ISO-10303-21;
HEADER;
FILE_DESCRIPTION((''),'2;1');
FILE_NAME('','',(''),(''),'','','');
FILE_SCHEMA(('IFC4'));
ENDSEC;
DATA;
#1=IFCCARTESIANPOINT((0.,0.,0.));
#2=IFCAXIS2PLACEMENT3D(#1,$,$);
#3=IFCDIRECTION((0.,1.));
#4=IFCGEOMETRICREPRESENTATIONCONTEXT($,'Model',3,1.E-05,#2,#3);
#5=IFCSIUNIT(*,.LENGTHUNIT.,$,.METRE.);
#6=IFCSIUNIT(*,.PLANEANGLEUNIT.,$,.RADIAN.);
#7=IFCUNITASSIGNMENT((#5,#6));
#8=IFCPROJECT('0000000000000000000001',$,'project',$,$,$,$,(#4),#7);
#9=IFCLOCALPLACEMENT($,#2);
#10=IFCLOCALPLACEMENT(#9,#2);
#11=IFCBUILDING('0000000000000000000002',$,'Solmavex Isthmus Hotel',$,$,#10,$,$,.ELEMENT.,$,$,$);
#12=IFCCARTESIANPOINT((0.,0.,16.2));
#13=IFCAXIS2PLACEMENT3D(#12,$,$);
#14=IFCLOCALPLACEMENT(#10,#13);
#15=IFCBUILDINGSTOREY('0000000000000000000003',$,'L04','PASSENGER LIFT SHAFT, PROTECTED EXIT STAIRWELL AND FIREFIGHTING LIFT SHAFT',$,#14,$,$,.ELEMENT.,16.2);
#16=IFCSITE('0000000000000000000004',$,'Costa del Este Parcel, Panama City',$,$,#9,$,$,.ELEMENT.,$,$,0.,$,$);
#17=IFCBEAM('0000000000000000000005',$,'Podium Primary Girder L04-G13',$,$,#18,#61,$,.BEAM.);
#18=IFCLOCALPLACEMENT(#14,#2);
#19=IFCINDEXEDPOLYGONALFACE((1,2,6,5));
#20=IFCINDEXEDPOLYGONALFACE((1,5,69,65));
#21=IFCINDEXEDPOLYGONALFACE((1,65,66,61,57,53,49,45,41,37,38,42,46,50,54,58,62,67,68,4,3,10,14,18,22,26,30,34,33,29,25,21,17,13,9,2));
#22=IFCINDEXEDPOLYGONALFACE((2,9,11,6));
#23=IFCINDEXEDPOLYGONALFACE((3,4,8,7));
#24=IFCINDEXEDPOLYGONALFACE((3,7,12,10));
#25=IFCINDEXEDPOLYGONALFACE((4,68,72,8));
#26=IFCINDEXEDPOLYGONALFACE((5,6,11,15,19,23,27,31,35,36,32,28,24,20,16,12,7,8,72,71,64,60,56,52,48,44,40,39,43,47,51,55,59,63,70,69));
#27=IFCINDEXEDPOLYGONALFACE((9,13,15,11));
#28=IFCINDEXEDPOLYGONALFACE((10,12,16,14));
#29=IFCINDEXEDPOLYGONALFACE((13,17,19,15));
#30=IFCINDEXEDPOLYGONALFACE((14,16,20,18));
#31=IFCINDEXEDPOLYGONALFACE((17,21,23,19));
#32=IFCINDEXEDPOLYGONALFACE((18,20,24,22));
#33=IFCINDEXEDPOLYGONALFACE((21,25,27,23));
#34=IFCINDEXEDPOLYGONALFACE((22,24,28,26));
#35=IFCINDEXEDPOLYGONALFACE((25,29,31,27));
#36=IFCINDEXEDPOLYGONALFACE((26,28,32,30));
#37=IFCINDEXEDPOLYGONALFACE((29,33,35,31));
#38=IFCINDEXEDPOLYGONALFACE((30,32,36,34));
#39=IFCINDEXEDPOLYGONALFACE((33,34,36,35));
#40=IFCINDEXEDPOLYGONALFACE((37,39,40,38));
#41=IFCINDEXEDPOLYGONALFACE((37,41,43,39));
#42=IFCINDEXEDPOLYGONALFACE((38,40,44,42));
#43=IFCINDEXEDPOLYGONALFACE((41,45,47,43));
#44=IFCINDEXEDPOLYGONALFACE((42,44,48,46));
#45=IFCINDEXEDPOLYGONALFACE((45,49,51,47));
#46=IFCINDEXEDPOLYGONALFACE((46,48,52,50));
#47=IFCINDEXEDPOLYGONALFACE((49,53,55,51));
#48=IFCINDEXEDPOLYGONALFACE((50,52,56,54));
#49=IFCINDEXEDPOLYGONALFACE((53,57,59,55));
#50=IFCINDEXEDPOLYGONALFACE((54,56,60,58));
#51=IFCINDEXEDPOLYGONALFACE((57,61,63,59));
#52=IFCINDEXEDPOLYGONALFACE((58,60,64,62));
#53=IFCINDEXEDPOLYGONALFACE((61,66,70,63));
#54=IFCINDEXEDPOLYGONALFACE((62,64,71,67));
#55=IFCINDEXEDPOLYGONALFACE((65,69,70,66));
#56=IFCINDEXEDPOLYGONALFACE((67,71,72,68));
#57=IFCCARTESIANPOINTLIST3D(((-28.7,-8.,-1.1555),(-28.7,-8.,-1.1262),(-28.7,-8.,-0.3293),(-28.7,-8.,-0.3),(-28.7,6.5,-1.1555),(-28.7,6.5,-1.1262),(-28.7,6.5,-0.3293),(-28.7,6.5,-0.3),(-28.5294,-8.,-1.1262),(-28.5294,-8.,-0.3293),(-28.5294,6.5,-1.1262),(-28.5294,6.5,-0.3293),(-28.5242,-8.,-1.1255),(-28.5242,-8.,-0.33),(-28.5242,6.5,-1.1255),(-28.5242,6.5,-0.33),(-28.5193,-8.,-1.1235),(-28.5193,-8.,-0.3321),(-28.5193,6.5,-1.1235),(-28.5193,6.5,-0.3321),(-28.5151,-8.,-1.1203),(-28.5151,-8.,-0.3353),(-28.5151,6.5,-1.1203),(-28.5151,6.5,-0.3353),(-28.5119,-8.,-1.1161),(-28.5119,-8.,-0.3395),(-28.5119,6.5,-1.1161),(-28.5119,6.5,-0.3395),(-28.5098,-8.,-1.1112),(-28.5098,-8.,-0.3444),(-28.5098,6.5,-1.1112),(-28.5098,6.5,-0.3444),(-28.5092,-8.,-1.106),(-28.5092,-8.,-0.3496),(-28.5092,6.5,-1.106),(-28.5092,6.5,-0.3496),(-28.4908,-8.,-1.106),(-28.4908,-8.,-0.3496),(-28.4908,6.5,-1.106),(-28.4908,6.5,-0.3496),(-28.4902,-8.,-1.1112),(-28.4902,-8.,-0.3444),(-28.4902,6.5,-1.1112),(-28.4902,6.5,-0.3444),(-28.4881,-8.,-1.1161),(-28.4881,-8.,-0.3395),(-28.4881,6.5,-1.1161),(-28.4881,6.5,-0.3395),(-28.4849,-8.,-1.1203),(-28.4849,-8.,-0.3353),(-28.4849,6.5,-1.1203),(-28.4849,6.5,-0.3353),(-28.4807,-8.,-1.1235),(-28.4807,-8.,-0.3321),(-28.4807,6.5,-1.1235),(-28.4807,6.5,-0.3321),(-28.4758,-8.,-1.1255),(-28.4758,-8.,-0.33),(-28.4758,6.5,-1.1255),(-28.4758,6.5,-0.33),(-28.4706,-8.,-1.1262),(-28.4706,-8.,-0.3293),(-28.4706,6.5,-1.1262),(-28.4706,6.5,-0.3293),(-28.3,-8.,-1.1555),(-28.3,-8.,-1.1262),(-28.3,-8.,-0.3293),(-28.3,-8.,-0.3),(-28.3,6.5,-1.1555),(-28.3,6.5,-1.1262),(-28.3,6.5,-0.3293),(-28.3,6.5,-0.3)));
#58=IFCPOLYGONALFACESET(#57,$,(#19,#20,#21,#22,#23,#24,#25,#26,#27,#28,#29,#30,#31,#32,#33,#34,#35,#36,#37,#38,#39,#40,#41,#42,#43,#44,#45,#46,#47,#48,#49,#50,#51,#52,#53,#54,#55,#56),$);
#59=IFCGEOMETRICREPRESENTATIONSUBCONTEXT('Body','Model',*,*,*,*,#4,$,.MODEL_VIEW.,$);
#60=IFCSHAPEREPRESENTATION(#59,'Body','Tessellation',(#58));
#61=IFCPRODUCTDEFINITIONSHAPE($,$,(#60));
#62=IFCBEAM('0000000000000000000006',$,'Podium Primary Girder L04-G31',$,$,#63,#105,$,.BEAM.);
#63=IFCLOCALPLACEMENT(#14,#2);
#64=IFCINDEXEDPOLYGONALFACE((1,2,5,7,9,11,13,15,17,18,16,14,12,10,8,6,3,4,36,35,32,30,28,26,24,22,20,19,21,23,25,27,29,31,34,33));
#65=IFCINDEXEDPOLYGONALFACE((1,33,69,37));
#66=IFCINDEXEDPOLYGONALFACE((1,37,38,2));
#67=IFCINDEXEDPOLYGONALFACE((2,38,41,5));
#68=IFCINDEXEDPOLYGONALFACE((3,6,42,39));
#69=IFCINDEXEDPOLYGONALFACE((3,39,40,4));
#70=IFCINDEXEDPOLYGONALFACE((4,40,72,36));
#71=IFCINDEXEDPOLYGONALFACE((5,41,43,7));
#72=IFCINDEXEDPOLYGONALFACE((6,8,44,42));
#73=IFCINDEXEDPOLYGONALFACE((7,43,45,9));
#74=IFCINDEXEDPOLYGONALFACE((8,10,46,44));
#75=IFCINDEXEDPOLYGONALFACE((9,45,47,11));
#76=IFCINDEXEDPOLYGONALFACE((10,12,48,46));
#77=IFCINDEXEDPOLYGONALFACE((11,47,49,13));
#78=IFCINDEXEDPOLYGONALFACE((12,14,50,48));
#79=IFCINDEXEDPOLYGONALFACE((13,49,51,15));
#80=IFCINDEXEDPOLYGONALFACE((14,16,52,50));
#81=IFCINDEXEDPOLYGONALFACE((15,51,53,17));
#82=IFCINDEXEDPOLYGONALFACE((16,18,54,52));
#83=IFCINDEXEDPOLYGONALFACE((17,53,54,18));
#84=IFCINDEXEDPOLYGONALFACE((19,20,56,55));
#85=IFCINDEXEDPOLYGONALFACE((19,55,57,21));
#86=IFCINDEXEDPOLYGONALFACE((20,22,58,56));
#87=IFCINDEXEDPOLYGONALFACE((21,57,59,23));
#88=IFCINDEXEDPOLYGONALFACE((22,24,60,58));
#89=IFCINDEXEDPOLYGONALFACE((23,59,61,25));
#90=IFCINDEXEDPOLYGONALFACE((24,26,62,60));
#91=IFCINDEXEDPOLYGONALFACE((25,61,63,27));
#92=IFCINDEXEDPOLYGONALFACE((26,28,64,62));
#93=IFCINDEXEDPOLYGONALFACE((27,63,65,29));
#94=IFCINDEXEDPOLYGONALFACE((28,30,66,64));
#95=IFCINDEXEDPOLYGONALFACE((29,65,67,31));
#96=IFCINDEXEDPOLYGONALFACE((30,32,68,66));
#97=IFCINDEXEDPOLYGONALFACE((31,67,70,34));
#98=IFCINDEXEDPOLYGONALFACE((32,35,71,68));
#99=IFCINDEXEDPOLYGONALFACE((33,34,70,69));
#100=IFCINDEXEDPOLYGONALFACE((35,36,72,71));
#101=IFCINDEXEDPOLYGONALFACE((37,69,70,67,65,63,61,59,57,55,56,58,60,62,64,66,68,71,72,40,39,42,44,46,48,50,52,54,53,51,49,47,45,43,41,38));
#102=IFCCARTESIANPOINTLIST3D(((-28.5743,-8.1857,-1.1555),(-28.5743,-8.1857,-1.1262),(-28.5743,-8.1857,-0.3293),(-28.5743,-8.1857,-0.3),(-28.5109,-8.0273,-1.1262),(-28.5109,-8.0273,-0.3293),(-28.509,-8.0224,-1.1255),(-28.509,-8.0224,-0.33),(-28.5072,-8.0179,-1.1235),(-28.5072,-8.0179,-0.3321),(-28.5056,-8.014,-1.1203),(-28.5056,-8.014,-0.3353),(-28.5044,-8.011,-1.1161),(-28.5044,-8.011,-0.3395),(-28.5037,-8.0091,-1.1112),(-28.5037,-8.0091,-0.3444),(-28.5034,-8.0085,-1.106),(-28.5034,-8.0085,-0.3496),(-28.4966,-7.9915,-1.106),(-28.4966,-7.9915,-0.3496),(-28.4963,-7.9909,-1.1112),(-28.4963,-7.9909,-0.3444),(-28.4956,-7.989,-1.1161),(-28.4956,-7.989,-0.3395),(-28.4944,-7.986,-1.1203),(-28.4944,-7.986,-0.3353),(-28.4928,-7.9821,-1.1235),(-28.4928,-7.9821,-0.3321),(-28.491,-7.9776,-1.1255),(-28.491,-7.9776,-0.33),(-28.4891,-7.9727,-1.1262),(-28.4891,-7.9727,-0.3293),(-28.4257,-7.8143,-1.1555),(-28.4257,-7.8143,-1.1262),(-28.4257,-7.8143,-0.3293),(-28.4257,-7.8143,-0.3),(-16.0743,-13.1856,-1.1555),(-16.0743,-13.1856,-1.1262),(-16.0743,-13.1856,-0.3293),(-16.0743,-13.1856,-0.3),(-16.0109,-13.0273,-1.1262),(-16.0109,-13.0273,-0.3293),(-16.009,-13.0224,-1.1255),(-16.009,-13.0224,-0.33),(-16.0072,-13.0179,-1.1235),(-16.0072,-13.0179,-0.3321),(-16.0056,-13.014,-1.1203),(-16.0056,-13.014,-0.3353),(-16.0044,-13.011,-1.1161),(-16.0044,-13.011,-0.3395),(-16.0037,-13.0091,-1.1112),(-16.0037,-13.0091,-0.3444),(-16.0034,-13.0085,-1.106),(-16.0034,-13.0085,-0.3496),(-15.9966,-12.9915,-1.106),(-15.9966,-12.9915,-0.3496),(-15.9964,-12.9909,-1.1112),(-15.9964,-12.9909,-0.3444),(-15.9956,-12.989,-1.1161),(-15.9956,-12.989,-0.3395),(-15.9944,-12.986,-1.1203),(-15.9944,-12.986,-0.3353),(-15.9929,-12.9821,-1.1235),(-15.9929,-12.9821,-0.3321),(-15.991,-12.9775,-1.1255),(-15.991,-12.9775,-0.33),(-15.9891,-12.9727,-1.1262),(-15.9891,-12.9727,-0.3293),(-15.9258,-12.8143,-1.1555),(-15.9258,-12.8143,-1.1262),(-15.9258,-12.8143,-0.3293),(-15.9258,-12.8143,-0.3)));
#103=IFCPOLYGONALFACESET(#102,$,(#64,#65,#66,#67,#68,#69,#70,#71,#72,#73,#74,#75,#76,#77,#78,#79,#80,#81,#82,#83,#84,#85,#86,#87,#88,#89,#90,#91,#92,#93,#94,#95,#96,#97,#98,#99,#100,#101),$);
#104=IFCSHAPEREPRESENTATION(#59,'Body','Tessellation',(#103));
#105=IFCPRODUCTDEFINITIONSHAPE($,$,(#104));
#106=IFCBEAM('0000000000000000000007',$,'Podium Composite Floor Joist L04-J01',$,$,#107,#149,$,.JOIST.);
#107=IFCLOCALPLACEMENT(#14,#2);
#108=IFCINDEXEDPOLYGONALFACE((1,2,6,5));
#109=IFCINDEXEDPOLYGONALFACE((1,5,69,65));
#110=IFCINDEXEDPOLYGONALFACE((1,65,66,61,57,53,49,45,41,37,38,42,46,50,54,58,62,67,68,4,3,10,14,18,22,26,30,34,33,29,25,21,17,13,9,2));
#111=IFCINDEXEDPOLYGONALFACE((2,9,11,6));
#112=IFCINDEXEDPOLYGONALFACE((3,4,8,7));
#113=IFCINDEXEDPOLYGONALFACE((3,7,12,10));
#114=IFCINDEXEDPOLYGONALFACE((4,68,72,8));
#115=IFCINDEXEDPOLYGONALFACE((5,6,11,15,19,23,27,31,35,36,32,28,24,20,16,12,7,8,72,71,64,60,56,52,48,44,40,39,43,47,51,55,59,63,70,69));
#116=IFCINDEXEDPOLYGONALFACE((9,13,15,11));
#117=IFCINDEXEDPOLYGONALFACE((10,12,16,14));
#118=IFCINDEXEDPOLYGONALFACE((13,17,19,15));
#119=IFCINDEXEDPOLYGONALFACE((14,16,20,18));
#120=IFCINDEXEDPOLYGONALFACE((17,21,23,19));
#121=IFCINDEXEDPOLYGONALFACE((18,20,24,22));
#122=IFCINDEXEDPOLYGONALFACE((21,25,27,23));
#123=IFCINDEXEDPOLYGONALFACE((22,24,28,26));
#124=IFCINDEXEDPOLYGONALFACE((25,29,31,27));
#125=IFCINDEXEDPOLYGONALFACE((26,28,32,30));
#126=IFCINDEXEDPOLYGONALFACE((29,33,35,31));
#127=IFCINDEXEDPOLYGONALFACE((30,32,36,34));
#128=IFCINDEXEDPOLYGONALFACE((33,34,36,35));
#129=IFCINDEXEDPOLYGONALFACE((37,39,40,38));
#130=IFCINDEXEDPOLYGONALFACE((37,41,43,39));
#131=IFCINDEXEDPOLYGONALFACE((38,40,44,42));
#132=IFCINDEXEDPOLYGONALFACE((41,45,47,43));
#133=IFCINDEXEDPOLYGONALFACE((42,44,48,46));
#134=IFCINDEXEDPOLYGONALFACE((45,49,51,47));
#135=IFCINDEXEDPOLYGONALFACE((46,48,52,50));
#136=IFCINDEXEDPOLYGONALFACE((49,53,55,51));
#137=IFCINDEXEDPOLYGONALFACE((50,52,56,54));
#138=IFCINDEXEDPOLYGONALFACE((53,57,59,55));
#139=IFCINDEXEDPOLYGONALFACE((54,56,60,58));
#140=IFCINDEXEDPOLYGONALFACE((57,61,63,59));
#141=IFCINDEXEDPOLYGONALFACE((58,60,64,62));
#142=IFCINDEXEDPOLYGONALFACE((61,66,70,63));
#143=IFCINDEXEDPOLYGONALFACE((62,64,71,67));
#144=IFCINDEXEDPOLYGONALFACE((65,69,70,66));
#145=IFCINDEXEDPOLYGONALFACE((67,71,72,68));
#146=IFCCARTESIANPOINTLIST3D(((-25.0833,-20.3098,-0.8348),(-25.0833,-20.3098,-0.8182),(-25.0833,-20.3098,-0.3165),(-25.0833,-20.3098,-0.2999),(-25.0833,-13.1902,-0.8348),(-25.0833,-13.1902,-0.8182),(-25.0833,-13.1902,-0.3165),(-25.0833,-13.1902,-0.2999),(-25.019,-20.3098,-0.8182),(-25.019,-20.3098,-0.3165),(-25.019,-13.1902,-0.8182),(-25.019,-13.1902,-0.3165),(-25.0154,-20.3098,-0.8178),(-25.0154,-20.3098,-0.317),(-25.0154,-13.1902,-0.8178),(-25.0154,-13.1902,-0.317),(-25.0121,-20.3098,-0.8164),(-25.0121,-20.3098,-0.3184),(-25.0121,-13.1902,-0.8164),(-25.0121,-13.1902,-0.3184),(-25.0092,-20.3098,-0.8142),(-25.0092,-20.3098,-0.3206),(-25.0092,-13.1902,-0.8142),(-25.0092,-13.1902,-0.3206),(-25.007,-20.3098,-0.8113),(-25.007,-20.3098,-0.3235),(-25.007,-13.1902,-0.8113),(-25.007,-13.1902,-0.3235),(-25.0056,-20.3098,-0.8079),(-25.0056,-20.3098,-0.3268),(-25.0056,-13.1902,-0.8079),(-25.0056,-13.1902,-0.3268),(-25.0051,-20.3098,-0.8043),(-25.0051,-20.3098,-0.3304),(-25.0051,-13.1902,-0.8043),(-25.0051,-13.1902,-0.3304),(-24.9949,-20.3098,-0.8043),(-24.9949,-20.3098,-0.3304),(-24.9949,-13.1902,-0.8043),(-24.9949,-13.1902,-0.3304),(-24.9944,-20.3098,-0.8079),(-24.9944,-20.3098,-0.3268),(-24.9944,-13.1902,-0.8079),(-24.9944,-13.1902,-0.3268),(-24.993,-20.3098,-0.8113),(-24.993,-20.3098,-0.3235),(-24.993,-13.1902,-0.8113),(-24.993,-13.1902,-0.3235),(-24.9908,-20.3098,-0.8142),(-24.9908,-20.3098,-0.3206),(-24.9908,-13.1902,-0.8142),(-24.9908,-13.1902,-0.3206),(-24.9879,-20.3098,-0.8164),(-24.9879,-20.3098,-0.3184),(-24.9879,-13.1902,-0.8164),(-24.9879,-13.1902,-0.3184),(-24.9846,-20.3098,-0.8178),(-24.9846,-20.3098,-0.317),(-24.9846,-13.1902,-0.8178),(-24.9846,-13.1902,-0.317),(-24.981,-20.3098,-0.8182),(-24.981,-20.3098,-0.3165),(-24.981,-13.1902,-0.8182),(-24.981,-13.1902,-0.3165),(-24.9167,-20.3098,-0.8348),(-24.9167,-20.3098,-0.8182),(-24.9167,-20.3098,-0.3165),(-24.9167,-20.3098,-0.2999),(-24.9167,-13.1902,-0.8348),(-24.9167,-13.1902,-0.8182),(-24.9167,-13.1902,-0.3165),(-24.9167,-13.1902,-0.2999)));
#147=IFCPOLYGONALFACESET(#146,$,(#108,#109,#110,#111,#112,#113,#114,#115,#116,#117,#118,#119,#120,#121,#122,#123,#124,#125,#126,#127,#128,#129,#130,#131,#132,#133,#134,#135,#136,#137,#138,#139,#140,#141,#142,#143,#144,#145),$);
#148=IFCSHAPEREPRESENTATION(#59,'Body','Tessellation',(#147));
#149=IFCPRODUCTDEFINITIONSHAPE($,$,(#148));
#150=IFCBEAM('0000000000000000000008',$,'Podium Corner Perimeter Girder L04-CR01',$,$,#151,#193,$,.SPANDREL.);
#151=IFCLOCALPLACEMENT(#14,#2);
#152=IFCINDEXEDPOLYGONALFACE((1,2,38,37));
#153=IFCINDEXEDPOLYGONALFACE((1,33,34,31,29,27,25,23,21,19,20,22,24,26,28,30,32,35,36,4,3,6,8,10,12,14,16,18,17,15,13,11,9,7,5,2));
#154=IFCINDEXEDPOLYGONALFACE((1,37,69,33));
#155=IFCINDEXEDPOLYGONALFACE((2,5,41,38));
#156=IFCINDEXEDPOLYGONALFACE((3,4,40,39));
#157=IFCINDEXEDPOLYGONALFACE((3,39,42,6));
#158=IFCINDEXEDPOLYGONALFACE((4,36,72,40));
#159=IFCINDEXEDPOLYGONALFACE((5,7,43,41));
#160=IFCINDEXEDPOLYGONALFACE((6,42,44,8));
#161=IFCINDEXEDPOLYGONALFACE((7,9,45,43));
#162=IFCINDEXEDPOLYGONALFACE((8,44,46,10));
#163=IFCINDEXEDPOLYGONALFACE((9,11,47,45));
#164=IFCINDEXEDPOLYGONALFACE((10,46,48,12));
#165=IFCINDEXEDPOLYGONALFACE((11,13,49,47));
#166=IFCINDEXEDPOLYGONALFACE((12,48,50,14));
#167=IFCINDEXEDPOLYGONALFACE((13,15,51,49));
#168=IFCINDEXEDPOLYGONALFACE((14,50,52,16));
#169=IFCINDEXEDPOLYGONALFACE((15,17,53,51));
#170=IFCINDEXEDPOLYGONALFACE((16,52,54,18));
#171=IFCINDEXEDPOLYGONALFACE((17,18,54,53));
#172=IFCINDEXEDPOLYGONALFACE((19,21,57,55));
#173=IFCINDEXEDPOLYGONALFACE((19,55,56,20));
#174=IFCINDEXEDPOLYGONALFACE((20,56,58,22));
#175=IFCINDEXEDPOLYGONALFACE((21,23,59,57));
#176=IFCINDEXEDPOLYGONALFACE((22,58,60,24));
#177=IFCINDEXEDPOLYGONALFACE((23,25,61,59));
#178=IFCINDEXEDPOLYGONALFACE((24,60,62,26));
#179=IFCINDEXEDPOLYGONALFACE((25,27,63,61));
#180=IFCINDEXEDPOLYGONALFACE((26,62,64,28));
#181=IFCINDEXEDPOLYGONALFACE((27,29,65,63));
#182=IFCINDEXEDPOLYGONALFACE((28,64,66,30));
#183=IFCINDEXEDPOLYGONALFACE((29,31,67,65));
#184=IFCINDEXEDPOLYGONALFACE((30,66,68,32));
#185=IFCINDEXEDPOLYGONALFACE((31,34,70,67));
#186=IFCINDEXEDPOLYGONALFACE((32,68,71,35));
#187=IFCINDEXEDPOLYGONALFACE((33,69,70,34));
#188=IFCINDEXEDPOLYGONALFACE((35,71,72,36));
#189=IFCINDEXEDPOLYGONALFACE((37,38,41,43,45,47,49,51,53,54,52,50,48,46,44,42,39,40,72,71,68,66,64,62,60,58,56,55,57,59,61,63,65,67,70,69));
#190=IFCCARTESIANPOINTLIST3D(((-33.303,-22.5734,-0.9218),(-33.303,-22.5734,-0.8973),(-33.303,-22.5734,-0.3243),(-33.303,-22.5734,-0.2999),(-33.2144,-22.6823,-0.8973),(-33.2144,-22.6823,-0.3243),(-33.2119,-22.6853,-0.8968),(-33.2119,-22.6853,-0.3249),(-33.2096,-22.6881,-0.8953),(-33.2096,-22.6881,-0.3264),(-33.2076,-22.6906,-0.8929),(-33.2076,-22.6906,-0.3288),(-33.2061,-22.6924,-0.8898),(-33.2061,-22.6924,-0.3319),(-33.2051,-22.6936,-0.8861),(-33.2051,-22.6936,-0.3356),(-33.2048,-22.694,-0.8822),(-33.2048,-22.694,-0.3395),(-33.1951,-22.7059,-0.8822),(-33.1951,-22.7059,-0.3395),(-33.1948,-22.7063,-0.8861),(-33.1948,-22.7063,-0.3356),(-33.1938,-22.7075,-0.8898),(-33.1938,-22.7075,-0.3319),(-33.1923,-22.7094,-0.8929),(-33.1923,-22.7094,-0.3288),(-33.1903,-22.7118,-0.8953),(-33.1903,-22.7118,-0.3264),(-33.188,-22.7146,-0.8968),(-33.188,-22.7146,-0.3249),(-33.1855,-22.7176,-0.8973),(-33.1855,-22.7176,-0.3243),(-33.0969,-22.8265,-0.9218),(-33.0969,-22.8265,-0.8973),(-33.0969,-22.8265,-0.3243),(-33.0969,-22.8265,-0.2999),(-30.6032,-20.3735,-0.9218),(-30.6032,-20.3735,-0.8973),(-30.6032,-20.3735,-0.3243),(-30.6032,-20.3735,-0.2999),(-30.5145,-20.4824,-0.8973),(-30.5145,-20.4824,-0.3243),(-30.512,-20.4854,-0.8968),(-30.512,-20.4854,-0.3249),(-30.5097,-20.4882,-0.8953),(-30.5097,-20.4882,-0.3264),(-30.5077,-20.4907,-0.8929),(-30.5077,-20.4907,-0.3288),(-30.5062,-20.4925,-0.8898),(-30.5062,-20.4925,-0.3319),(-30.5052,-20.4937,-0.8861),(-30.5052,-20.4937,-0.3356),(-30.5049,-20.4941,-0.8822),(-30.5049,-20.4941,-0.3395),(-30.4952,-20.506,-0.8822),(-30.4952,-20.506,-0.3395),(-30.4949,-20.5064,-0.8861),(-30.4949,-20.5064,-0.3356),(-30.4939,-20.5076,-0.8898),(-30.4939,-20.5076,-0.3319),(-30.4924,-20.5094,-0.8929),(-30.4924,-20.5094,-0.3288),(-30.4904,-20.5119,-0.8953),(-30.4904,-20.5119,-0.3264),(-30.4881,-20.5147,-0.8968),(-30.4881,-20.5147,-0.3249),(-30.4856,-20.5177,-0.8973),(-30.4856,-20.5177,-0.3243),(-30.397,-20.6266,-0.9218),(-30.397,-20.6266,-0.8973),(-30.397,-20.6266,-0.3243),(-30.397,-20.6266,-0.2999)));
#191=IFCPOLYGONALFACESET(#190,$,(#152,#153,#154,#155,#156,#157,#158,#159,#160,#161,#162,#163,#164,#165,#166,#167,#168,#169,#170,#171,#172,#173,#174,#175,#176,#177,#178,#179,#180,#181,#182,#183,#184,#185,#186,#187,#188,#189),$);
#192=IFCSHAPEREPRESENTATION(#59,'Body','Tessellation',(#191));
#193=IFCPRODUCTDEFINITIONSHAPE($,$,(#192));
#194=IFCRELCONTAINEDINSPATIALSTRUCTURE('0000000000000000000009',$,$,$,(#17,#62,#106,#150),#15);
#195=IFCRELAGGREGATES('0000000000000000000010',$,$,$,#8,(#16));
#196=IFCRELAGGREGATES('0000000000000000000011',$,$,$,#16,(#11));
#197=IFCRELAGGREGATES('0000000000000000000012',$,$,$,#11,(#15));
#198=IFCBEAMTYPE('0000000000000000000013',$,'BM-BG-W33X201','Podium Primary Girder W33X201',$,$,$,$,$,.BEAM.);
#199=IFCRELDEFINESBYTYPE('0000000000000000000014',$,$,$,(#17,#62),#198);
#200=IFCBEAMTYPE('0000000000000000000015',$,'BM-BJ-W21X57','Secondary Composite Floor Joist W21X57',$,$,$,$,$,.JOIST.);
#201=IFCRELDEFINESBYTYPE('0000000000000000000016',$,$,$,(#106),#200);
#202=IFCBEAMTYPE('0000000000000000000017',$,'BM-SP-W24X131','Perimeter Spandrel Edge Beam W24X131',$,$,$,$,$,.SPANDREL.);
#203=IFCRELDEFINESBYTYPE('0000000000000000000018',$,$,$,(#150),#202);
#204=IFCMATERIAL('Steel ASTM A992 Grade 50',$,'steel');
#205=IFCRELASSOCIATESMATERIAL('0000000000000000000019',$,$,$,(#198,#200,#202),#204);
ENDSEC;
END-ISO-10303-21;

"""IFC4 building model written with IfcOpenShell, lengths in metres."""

from ifc_helpers import new_model, si_unit, direction, frame, origin, origin_2d, place, context, subcontext, project, spatial, i_section, extrude, material, material_profile, profile_set, type_object, element, save


model = new_model("IFC4")

# Units and contexts
model_context = context("Model", 3, precision=1e-05, world=origin(), true_north=direction((0.0, 1.0)))
body_context = subcontext(model_context, "Body", "Model", "MODEL_VIEW")
ifc_project = project(units=[si_unit("LENGTHUNIT", "METRE"), si_unit("PLANEANGLEUNIT", "RADIAN")], contexts=[model_context])

# Site, building, storey
site_placement = place(None, origin())
site = spatial("IfcSite", under=ifc_project, at=site_placement, Name="Costa del Este Parcel, Panama City", CompositionType="ELEMENT", RefElevation=0.0)
building_placement = place(site_placement, origin())
building = spatial("IfcBuilding", under=site, at=building_placement, Name="Solmavex Isthmus Hotel", CompositionType="ELEMENT")
storey_placement = place(building_placement, frame((0.0, 0.0, 16.2)))
storey = spatial("IfcBuildingStorey", under=building, at=storey_placement, Name="L04", Description="PASSENGER LIFT SHAFT, PROTECTED EXIT STAIRWELL AND FIREFIGHTING LIFT SHAFT", CompositionType="ELEMENT", Elevation=16.2)

# Beams
ifc_material_1 = material(Name="Steel ASTM A992 Grade 50", Category="steel")
ifc_material_profile_1 = material_profile(ifc_material_1, i_section(OverallWidth=0.3999, OverallDepth=0.8555, WebThickness=0.0183, FlangeThickness=0.0293, FilletRadius=0.0203, at=origin_2d()), Name="W33X201")
ifc_profile_set_1 = profile_set([ifc_material_profile_1], Name="Steel ASTM A992 Grade 50")
beam_type_1 = type_object("IfcBeamType", Name="BM-BG-W33X201", Description="Podium Primary Girder W33X201", PredefinedType="BEAM", material=ifc_profile_set_1)
beam_1_placement = place(storey_placement, frame((-28.5, -8.0, -0.7278), z_axis=(0.0, 1.0, 0.0), x_axis=(-1.0, 0.0, 0.0)))
element("IfcBeam", 1, at=beam_1_placement, inside=storey, type_object=beam_type_1, Name="Podium Primary Girder L04-G13", PredefinedType="BEAM", context=body_context, shape_type="SweptSolid", body=[
    extrude(i_section(OverallWidth=0.3999, OverallDepth=0.8555, WebThickness=0.0183, FlangeThickness=0.0293, FilletRadius=0.0203, at=origin_2d()), origin(), (0.0, 0.0, 1.0), 14.5),
])
beam_2_placement = place(storey_placement, frame((-28.5, -8.0, -0.7278), z_axis=(0.928477, -0.371391, 0.0), x_axis=(0.371391, 0.928477, 0.0)))
element("IfcBeam", 2, at=beam_2_placement, inside=storey, type_object=beam_type_1, Name="Podium Primary Girder L04-G31", PredefinedType="BEAM", context=body_context, shape_type="SweptSolid", body=[
    extrude(i_section(OverallWidth=0.3999, OverallDepth=0.8555, WebThickness=0.0183, FlangeThickness=0.0293, FilletRadius=0.0203, at=origin_2d()), origin(), (0.0, 0.0, 1.0), 13.4629),
])
ifc_material_profile_2 = material_profile(ifc_material_1, i_section(OverallWidth=0.1665, OverallDepth=0.5349, WebThickness=0.0103, FlangeThickness=0.0166, FilletRadius=0.0139, at=origin_2d()), Name="W21X57")
ifc_profile_set_2 = profile_set([ifc_material_profile_2], Name="Steel ASTM A992 Grade 50")
beam_type_2 = type_object("IfcBeamType", Name="BM-BJ-W21X57", Description="Secondary Composite Floor Joist W21X57", PredefinedType="JOIST", material=ifc_profile_set_2)
beam_3_placement = place(storey_placement, frame((-25.0, -20.3098, -0.5674), z_axis=(0.0, 1.0, 0.0), x_axis=(-1.0, 0.0, 0.0)))
element("IfcBeam", 3, at=beam_3_placement, inside=storey, type_object=beam_type_2, Name="Podium Composite Floor Joist L04-J01", PredefinedType="JOIST", context=body_context, shape_type="SweptSolid", body=[
    extrude(i_section(OverallWidth=0.1665, OverallDepth=0.5349, WebThickness=0.0103, FlangeThickness=0.0166, FilletRadius=0.0139, at=origin_2d()), origin(), (0.0, 0.0, 1.0), 7.1196),
])
ifc_material_profile_3 = material_profile(ifc_material_1, i_section(OverallWidth=0.3264, OverallDepth=0.6218, WebThickness=0.0154, FlangeThickness=0.0244, FilletRadius=0.0151, at=origin_2d()), Name="W24X131")
ifc_profile_set_3 = profile_set([ifc_material_profile_3], Name="Steel ASTM A992 Grade 50")
beam_type_3 = type_object("IfcBeamType", Name="BM-SP-W24X131", Description="Perimeter Spandrel Edge Beam W24X131", PredefinedType="SPANDREL", material=ifc_profile_set_3)
beam_4_placement = place(storey_placement, frame((-33.2, -22.7, -0.6108), z_axis=(0.775236, 0.631671, 0.0), x_axis=(-0.631671, 0.775236, 0.0)))
element("IfcBeam", 4, at=beam_4_placement, inside=storey, type_object=beam_type_3, Name="Podium Corner Perimeter Girder L04-CR01", PredefinedType="SPANDREL", context=body_context, shape_type="SweptSolid", body=[
    extrude(i_section(OverallWidth=0.3264, OverallDepth=0.6218, WebThickness=0.0154, FlangeThickness=0.0244, FilletRadius=0.0151, at=origin_2d()), origin(), (0.0, 0.0, 1.0), 3.4827),
])

save(model, "model.ifc")
